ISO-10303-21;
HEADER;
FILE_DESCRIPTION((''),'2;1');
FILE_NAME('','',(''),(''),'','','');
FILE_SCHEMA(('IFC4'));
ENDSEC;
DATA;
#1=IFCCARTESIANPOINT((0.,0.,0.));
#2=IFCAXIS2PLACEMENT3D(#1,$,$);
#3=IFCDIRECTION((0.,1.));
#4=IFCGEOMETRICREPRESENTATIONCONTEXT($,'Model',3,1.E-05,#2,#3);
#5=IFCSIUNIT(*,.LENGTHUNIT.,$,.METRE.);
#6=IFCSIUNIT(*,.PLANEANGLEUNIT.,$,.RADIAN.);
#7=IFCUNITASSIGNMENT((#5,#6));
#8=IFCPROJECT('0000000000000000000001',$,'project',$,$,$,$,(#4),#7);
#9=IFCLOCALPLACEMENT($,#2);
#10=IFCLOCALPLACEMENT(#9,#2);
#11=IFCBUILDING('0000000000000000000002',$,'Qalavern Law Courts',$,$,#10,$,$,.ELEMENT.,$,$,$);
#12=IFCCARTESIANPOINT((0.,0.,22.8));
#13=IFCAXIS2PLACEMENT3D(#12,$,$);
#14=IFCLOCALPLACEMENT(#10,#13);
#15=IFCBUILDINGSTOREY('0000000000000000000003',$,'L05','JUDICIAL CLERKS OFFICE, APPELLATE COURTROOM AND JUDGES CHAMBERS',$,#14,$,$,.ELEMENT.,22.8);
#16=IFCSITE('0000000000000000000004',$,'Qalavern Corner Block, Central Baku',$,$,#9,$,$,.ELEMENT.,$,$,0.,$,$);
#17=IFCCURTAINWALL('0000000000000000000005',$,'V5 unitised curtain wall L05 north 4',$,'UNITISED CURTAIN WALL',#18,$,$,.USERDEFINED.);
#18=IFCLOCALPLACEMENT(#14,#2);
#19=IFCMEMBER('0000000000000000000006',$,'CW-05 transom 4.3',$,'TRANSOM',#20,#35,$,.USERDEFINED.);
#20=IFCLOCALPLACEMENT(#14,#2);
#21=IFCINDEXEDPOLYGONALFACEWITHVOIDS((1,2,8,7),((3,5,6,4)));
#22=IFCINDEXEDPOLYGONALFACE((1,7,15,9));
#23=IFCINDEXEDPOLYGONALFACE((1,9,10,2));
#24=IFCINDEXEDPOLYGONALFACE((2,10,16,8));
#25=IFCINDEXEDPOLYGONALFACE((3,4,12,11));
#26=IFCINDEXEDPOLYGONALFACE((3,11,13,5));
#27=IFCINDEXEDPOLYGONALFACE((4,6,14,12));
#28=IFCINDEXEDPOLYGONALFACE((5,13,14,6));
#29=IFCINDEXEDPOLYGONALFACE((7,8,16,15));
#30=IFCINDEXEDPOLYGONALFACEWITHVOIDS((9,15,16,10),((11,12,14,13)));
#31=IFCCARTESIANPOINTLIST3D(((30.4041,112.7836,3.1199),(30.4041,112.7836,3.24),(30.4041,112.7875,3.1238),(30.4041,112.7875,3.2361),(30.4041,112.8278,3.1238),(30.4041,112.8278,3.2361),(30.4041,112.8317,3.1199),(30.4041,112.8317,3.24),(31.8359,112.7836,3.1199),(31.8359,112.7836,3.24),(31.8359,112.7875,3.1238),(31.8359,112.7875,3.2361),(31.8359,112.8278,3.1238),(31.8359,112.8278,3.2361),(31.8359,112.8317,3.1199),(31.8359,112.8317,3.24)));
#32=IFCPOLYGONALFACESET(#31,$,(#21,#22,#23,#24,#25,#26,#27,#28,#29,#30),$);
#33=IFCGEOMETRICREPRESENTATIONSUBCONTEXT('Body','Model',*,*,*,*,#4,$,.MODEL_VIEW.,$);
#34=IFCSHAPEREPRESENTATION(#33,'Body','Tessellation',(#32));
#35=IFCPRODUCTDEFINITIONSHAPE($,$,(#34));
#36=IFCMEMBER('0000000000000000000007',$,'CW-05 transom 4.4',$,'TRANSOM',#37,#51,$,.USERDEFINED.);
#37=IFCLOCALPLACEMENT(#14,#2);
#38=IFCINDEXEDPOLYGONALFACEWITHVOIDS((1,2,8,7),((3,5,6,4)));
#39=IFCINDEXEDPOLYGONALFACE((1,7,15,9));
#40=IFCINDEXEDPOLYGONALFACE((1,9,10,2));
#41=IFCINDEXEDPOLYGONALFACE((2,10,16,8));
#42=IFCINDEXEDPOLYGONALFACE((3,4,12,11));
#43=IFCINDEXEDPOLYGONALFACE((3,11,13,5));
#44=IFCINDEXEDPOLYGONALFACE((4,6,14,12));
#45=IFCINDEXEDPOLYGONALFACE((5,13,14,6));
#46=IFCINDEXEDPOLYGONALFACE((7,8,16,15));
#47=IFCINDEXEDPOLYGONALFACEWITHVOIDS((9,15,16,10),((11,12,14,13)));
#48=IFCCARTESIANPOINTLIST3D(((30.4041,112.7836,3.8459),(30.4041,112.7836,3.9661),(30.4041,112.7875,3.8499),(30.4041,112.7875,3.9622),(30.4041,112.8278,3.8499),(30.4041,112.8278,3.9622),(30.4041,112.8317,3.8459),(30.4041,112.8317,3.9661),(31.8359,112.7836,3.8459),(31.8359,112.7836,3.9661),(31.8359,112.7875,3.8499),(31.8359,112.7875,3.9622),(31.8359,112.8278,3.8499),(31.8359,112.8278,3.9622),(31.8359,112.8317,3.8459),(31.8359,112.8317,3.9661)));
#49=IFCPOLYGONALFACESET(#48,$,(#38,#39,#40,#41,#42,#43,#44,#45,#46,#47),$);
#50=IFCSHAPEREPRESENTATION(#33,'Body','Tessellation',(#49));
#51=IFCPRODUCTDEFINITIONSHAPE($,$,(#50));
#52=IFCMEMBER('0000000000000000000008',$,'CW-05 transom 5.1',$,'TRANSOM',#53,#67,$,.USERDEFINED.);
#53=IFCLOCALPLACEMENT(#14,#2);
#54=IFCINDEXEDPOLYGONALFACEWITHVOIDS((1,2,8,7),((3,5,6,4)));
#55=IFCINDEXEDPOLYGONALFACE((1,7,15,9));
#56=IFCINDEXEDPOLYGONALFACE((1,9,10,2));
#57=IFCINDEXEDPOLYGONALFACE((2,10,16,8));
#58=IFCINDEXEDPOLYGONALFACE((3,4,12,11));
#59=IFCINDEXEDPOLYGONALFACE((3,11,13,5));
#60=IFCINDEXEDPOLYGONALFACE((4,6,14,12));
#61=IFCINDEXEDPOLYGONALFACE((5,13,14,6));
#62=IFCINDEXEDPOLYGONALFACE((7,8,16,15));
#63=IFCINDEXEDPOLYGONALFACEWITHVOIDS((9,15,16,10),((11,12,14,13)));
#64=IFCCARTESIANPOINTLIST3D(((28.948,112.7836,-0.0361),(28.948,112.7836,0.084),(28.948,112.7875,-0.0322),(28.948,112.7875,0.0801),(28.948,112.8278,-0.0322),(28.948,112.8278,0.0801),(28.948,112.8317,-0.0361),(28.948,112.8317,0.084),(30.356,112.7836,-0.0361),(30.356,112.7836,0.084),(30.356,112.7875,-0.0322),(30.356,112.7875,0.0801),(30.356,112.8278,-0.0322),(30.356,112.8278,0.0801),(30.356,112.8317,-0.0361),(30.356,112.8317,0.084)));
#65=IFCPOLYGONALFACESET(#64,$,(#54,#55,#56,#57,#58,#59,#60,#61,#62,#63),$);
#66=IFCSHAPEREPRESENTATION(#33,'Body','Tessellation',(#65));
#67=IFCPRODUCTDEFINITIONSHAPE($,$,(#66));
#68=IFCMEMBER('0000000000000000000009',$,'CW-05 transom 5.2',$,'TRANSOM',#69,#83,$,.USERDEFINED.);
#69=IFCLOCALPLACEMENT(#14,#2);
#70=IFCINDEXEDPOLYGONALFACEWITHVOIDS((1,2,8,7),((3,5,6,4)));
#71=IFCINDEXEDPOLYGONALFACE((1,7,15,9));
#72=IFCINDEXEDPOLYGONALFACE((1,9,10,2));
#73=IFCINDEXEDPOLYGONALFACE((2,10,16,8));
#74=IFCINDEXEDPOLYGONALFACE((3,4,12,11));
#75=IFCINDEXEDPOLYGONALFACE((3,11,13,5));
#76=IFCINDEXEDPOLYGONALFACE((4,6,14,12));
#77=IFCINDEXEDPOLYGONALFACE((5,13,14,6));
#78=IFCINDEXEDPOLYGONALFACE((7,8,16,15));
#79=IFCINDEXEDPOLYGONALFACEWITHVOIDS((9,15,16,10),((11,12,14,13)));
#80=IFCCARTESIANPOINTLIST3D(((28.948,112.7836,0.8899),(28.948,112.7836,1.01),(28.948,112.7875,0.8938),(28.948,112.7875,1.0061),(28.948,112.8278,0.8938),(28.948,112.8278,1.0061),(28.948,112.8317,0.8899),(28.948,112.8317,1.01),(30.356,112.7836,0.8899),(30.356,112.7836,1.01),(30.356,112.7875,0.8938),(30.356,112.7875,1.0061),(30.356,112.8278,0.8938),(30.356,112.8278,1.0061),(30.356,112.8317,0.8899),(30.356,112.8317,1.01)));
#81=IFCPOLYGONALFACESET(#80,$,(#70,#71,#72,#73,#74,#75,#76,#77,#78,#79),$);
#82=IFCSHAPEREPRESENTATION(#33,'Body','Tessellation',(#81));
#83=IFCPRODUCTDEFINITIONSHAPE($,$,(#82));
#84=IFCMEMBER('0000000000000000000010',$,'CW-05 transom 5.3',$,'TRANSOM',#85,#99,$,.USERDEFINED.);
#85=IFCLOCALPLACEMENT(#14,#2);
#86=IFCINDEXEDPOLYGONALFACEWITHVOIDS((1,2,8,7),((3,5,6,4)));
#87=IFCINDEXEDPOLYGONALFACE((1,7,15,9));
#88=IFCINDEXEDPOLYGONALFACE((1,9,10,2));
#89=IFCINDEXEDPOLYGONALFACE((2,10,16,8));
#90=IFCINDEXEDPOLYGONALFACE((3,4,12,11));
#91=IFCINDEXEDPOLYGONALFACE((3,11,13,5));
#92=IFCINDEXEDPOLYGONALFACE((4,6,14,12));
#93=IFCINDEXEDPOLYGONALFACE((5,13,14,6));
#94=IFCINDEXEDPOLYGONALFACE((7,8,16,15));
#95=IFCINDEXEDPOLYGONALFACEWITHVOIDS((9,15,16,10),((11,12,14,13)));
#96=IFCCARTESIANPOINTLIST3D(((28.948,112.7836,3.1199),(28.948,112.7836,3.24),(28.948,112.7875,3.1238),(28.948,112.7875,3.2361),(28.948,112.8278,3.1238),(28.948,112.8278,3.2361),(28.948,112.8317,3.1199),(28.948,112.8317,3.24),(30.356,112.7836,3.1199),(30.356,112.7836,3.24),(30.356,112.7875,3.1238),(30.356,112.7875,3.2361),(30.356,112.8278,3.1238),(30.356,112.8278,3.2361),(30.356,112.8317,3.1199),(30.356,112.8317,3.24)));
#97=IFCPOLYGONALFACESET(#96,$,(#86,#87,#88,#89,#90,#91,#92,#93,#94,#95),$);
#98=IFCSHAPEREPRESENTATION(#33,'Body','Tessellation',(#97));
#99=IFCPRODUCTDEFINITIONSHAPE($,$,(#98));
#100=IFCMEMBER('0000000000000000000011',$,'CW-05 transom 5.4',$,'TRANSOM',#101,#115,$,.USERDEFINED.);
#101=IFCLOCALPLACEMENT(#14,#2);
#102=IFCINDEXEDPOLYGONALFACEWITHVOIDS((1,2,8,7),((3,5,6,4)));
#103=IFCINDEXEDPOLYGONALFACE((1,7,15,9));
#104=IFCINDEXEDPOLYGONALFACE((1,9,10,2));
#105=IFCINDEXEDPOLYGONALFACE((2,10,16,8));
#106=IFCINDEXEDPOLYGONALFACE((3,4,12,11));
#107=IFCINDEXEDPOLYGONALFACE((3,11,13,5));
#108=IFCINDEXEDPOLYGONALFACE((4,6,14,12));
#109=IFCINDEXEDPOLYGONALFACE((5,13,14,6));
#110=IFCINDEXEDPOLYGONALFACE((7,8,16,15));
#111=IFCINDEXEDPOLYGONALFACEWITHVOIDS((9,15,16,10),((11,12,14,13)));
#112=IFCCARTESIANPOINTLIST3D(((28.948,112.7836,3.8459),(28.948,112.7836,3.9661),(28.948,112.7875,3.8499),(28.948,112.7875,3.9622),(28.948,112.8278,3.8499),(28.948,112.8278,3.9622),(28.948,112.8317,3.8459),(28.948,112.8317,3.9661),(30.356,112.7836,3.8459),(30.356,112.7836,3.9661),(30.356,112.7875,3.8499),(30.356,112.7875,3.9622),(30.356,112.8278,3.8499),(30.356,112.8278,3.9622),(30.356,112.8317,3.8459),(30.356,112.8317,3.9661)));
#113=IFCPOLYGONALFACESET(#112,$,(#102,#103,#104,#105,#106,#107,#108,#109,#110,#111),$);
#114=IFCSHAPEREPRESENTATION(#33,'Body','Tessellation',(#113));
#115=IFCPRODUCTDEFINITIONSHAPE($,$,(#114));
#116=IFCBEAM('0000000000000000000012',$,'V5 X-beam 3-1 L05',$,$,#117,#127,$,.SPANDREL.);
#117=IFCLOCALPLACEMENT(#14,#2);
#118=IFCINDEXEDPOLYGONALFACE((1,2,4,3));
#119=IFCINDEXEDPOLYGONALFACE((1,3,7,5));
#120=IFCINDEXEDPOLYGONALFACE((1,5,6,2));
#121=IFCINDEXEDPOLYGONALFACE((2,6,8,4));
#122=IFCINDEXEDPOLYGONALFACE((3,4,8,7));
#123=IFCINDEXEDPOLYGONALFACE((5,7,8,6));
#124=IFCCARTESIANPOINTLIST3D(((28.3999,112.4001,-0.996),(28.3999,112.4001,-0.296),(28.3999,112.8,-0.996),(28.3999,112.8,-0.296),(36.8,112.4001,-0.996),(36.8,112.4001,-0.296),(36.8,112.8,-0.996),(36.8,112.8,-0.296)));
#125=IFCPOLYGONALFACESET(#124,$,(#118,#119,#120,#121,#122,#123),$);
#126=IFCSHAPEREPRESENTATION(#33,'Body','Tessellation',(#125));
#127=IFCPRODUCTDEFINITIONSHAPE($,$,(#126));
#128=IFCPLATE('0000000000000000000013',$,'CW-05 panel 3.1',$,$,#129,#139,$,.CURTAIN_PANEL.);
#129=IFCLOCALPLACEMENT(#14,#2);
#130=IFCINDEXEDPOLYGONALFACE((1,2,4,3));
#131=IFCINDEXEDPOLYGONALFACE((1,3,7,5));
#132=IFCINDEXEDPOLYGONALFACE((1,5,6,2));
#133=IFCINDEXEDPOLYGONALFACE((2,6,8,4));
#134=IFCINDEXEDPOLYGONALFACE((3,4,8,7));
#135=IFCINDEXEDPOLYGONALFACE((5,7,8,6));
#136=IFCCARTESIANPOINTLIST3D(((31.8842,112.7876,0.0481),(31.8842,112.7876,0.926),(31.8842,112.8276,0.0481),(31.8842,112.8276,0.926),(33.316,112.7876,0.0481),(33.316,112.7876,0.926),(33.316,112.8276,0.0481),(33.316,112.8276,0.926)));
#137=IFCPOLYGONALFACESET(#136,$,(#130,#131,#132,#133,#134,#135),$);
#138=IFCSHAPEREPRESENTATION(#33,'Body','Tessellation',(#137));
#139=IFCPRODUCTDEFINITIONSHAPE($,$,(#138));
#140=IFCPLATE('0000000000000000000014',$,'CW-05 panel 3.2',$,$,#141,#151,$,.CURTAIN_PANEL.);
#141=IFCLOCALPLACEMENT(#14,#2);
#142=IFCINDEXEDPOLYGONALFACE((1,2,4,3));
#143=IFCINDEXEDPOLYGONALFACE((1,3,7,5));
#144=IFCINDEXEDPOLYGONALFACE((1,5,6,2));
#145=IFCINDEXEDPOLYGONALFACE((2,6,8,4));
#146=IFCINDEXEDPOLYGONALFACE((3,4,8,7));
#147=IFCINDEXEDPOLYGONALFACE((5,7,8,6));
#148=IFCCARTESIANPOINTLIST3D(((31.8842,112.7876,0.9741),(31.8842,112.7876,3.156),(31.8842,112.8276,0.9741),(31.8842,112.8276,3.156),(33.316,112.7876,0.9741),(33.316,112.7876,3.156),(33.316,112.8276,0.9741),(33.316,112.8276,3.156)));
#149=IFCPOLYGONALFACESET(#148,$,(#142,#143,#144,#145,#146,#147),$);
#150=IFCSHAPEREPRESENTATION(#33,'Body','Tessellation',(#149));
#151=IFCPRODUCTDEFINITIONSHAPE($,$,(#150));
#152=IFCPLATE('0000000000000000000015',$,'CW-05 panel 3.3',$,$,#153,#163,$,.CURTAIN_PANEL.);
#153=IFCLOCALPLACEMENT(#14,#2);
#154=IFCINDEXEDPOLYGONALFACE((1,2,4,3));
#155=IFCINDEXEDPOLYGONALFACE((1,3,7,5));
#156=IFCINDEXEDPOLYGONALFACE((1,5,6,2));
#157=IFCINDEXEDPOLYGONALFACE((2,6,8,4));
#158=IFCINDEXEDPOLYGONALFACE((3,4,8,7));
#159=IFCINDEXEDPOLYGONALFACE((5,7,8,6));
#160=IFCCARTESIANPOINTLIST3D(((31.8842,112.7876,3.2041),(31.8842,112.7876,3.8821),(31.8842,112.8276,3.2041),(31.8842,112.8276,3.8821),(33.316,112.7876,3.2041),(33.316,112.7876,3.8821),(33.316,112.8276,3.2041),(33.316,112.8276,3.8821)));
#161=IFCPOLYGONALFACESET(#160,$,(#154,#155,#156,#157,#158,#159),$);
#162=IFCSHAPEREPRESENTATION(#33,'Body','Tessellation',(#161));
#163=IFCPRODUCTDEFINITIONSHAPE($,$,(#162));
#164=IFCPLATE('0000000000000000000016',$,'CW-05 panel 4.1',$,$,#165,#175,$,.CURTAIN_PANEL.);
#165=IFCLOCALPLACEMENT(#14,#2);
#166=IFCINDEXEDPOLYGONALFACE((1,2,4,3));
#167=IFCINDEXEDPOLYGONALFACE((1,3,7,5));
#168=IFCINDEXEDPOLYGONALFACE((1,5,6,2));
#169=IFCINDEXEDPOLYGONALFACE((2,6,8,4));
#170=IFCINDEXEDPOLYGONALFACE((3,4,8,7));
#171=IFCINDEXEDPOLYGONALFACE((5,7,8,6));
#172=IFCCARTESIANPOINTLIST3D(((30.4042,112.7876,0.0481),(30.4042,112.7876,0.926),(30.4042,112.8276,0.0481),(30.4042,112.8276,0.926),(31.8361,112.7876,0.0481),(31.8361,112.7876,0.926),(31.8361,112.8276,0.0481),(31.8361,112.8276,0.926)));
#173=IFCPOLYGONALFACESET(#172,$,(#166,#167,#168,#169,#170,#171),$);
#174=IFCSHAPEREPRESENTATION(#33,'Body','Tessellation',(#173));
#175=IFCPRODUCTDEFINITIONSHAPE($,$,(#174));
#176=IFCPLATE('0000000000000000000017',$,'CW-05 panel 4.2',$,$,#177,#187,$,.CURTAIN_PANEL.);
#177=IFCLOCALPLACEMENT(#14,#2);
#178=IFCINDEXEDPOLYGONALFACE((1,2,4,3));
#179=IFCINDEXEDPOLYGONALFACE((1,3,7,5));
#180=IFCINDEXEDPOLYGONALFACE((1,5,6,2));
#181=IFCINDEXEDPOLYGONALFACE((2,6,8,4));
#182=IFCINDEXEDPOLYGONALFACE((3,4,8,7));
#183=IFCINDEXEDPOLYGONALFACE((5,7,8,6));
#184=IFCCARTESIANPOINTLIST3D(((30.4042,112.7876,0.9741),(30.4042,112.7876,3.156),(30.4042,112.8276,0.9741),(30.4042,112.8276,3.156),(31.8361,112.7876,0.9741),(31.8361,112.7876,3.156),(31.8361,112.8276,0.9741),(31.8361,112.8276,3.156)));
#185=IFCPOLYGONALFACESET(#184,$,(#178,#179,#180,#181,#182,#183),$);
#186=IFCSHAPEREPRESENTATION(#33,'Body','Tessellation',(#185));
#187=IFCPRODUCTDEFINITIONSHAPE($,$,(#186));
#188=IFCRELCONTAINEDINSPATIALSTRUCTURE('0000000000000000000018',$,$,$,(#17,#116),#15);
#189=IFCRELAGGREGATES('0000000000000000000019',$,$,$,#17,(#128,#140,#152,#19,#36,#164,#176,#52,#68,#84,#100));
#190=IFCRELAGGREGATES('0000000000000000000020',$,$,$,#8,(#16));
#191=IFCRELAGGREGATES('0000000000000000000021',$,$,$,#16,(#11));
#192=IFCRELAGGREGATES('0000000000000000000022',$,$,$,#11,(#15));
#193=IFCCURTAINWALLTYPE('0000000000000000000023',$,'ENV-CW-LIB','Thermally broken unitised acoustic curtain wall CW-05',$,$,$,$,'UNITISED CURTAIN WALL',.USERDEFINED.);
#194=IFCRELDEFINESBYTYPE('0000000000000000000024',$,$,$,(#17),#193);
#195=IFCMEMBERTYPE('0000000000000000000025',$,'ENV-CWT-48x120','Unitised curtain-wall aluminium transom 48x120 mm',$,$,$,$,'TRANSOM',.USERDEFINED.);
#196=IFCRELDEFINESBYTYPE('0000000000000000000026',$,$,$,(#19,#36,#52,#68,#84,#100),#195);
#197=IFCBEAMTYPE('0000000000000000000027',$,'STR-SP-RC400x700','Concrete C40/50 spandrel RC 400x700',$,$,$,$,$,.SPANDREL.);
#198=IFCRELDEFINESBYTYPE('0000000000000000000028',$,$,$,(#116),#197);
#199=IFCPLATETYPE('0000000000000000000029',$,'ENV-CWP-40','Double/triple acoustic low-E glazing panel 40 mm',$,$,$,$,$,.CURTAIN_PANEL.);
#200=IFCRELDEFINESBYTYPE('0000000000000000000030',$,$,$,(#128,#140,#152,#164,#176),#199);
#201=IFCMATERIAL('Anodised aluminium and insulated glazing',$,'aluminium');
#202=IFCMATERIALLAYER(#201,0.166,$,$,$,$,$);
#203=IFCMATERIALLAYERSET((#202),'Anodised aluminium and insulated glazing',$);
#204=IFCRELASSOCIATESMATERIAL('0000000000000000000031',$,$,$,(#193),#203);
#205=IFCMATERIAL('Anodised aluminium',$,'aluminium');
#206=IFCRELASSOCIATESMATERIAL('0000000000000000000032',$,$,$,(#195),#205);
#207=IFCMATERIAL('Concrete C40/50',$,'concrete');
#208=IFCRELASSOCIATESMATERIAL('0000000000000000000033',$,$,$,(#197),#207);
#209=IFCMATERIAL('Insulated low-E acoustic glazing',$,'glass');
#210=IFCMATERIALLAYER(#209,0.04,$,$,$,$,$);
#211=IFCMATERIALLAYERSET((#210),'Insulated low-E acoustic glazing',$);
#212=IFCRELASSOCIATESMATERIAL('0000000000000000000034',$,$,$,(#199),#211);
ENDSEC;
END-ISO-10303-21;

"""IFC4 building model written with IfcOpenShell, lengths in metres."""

from ifc_helpers import new_model, si_unit, direction, frame, origin, origin_2d, place, context, subcontext, project, spatial, rectangle, hollow_rectangle, extrude, material, layer, layer_set, material_profile, profile_set, type_object, element, aggregate, save


model = new_model("IFC4")

# Units and contexts
model_context = context("Model", 3, precision=1e-05, world=origin(), true_north=direction((0.0, 1.0)))
body_context = subcontext(model_context, "Body", "Model", "MODEL_VIEW")
ifc_project = project(units=[si_unit("LENGTHUNIT", "METRE"), si_unit("PLANEANGLEUNIT", "RADIAN")], contexts=[model_context])

# Site, building, storey
site_placement = place(None, origin())
site = spatial("IfcSite", under=ifc_project, at=site_placement, Name="Qalavern Corner Block, Central Baku", CompositionType="ELEMENT", RefElevation=0.0)
building_placement = place(site_placement, origin())
building = spatial("IfcBuilding", under=site, at=building_placement, Name="Qalavern Law Courts", CompositionType="ELEMENT")
storey_placement = place(building_placement, frame((0.0, 0.0, 22.8)))
storey = spatial("IfcBuildingStorey", under=building, at=storey_placement, Name="L05", Description="JUDICIAL CLERKS OFFICE, APPELLATE COURTROOM AND JUDGES CHAMBERS", CompositionType="ELEMENT", Elevation=22.8)

# Curtain wall, members
ifc_material_1 = material(Name="Anodised aluminium and insulated glazing", Category="aluminium")
ifc_layer_1 = layer(ifc_material_1, 0.166)
ifc_layer_set_1 = layer_set([ifc_layer_1], Name="Anodised aluminium and insulated glazing")
curtain_wall_type = type_object("IfcCurtainWallType", Name="ENV-CW-LIB", Description="Thermally broken unitised acoustic curtain wall CW-05", ElementType="UNITISED CURTAIN WALL", PredefinedType="USERDEFINED", material=ifc_layer_set_1)
curtain_wall_placement = place(storey_placement, origin())
curtain_wall = element("IfcCurtainWall", 1, at=curtain_wall_placement, inside=storey, type_object=curtain_wall_type, Name="V5 unitised curtain wall L05 north 4", ObjectType="UNITISED CURTAIN WALL", PredefinedType="USERDEFINED")
ifc_material_2 = material(Name="Anodised aluminium", Category="aluminium")
ifc_material_profile_1 = material_profile(ifc_material_2, hollow_rectangle(XDim=0.0481, YDim=0.1201, WallThickness=0.0039, at=origin_2d()), Name="ALU TRANSOM 48x120")
ifc_profile_set_1 = profile_set([ifc_material_profile_1], Name="Anodised aluminium")
member_type_1 = type_object("IfcMemberType", Name="ENV-CWT-48x120", Description="Unitised curtain-wall aluminium transom 48x120 mm", ElementType="TRANSOM", PredefinedType="USERDEFINED", material=ifc_profile_set_1)
member_1_placement = place(storey_placement, frame((31.8359, 112.8076, 3.1799), z_axis=(-1.0, 0.0, 0.0), x_axis=(0.0, -1.0, 0.0)))
member_1 = element("IfcMember", 2, at=member_1_placement, type_object=member_type_1, Name="CW-05 transom 4.3", ObjectType="TRANSOM", PredefinedType="USERDEFINED", context=body_context, shape_type="SweptSolid", body=[
    extrude(hollow_rectangle(XDim=0.0481, YDim=0.1201, WallThickness=0.0039, at=origin_2d()), origin(), (0.0, 0.0, 1.0), 1.4319),
])
member_2_placement = place(storey_placement, frame((31.8359, 112.8076, 3.906), z_axis=(-1.0, 0.0, 0.0), x_axis=(0.0, -1.0, 0.0)))
member_2 = element("IfcMember", 3, at=member_2_placement, type_object=member_type_1, Name="CW-05 transom 4.4", ObjectType="TRANSOM", PredefinedType="USERDEFINED", context=body_context, shape_type="SweptSolid", body=[
    extrude(hollow_rectangle(XDim=0.0481, YDim=0.1201, WallThickness=0.0039, at=origin_2d()), origin(), (0.0, 0.0, 1.0), 1.4319),
])
member_3_placement = place(storey_placement, frame((30.356, 112.8076, 0.0239), z_axis=(-1.0, 0.0, 0.0), x_axis=(0.0, -1.0, 0.0)))
member_3 = element("IfcMember", 4, at=member_3_placement, type_object=member_type_1, Name="CW-05 transom 5.1", ObjectType="TRANSOM", PredefinedType="USERDEFINED", context=body_context, shape_type="SweptSolid", body=[
    extrude(hollow_rectangle(XDim=0.0481, YDim=0.1201, WallThickness=0.0039, at=origin_2d()), origin(), (0.0, 0.0, 1.0), 1.408),
])
member_4_placement = place(storey_placement, frame((30.356, 112.8076, 0.95), z_axis=(-1.0, 0.0, 0.0), x_axis=(0.0, -1.0, 0.0)))
member_4 = element("IfcMember", 5, at=member_4_placement, type_object=member_type_1, Name="CW-05 transom 5.2", ObjectType="TRANSOM", PredefinedType="USERDEFINED", context=body_context, shape_type="SweptSolid", body=[
    extrude(hollow_rectangle(XDim=0.0481, YDim=0.1201, WallThickness=0.0039, at=origin_2d()), origin(), (0.0, 0.0, 1.0), 1.408),
])
member_5_placement = place(storey_placement, frame((30.356, 112.8076, 3.1799), z_axis=(-1.0, 0.0, 0.0), x_axis=(0.0, -1.0, 0.0)))
member_5 = element("IfcMember", 6, at=member_5_placement, type_object=member_type_1, Name="CW-05 transom 5.3", ObjectType="TRANSOM", PredefinedType="USERDEFINED", context=body_context, shape_type="SweptSolid", body=[
    extrude(hollow_rectangle(XDim=0.0481, YDim=0.1201, WallThickness=0.0039, at=origin_2d()), origin(), (0.0, 0.0, 1.0), 1.408),
])
member_6_placement = place(storey_placement, frame((30.356, 112.8076, 3.906), z_axis=(-1.0, 0.0, 0.0), x_axis=(0.0, -1.0, 0.0)))
member_6 = element("IfcMember", 7, at=member_6_placement, type_object=member_type_1, Name="CW-05 transom 5.4", ObjectType="TRANSOM", PredefinedType="USERDEFINED", context=body_context, shape_type="SweptSolid", body=[
    extrude(hollow_rectangle(XDim=0.0481, YDim=0.1201, WallThickness=0.0039, at=origin_2d()), origin(), (0.0, 0.0, 1.0), 1.408),
])

# Beam
ifc_material_3 = material(Name="Concrete C40/50", Category="concrete")
ifc_material_profile_2 = material_profile(ifc_material_3, rectangle(XDim=0.3999, YDim=0.7, at=origin_2d()), Name="RC 400x700")
ifc_profile_set_2 = profile_set([ifc_material_profile_2], Name="Concrete C40/50")
beam_type = type_object("IfcBeamType", Name="STR-SP-RC400x700", Description="Concrete C40/50 spandrel RC 400x700", PredefinedType="SPANDREL", material=ifc_profile_set_2)
beam_placement = place(storey_placement, frame((28.3999, 112.6001, -0.646), z_axis=(1.0, 0.0, 0.0), x_axis=(0.0, 1.0, 0.0)))
element("IfcBeam", 8, at=beam_placement, inside=storey, type_object=beam_type, Name="V5 X-beam 3-1 L05", PredefinedType="SPANDREL", context=body_context, shape_type="SweptSolid", body=[
    extrude(rectangle(XDim=0.3999, YDim=0.7, at=origin_2d()), origin(), (0.0, 0.0, 1.0), 8.4001),
])

# Plates
ifc_material_4 = material(Name="Insulated low-E acoustic glazing", Category="glass")
ifc_layer_2 = layer(ifc_material_4, 0.04)
ifc_layer_set_2 = layer_set([ifc_layer_2], Name="Insulated low-E acoustic glazing")
plate_type = type_object("IfcPlateType", Name="ENV-CWP-40", Description="Double/triple acoustic low-E glazing panel 40 mm", PredefinedType="CURTAIN_PANEL", material=ifc_layer_set_2)
plate_1_placement = place(storey_placement, frame((32.6001, 112.8076, 0.0481), z_axis=(0.0, 0.0, 1.0), x_axis=(-1.0, 0.0, 0.0)))
plate_1 = element("IfcPlate", 9, at=plate_1_placement, type_object=plate_type, Name="CW-05 panel 3.1", PredefinedType="CURTAIN_PANEL", context=body_context, shape_type="SweptSolid", body=[
    extrude(rectangle(XDim=1.4319, YDim=0.04, at=origin_2d()), origin(), (0.0, 0.0, 1.0), 0.8779),
])
plate_2_placement = place(storey_placement, frame((32.6001, 112.8076, 0.9741), z_axis=(0.0, 0.0, 1.0), x_axis=(-1.0, 0.0, 0.0)))
plate_2 = element("IfcPlate", 10, at=plate_2_placement, type_object=plate_type, Name="CW-05 panel 3.2", PredefinedType="CURTAIN_PANEL", context=body_context, shape_type="SweptSolid", body=[
    extrude(rectangle(XDim=1.4319, YDim=0.04, at=origin_2d()), origin(), (0.0, 0.0, 1.0), 2.1819),
])
plate_3_placement = place(storey_placement, frame((32.6001, 112.8076, 3.2041), z_axis=(0.0, 0.0, 1.0), x_axis=(-1.0, 0.0, 0.0)))
plate_3 = element("IfcPlate", 11, at=plate_3_placement, type_object=plate_type, Name="CW-05 panel 3.3", PredefinedType="CURTAIN_PANEL", context=body_context, shape_type="SweptSolid", body=[
    extrude(rectangle(XDim=1.4319, YDim=0.04, at=origin_2d()), origin(), (0.0, 0.0, 1.0), 0.678),
])
plate_4_placement = place(storey_placement, frame((31.1201, 112.8076, 0.0481), z_axis=(0.0, 0.0, 1.0), x_axis=(-1.0, 0.0, 0.0)))
plate_4 = element("IfcPlate", 12, at=plate_4_placement, type_object=plate_type, Name="CW-05 panel 4.1", PredefinedType="CURTAIN_PANEL", context=body_context, shape_type="SweptSolid", body=[
    extrude(rectangle(XDim=1.4319, YDim=0.04, at=origin_2d()), origin(), (0.0, 0.0, 1.0), 0.8779),
])
plate_5_placement = place(storey_placement, frame((31.1201, 112.8076, 0.9741), z_axis=(0.0, 0.0, 1.0), x_axis=(-1.0, 0.0, 0.0)))
plate_5 = element("IfcPlate", 13, at=plate_5_placement, type_object=plate_type, Name="CW-05 panel 4.2", PredefinedType="CURTAIN_PANEL", context=body_context, shape_type="SweptSolid", body=[
    extrude(rectangle(XDim=1.4319, YDim=0.04, at=origin_2d()), origin(), (0.0, 0.0, 1.0), 2.1819),
])
aggregate(curtain_wall, [plate_1, plate_2, plate_3, member_1, member_2, plate_4, plate_5, member_3, member_4, member_5, member_6])

save(model, "model.ifc")
